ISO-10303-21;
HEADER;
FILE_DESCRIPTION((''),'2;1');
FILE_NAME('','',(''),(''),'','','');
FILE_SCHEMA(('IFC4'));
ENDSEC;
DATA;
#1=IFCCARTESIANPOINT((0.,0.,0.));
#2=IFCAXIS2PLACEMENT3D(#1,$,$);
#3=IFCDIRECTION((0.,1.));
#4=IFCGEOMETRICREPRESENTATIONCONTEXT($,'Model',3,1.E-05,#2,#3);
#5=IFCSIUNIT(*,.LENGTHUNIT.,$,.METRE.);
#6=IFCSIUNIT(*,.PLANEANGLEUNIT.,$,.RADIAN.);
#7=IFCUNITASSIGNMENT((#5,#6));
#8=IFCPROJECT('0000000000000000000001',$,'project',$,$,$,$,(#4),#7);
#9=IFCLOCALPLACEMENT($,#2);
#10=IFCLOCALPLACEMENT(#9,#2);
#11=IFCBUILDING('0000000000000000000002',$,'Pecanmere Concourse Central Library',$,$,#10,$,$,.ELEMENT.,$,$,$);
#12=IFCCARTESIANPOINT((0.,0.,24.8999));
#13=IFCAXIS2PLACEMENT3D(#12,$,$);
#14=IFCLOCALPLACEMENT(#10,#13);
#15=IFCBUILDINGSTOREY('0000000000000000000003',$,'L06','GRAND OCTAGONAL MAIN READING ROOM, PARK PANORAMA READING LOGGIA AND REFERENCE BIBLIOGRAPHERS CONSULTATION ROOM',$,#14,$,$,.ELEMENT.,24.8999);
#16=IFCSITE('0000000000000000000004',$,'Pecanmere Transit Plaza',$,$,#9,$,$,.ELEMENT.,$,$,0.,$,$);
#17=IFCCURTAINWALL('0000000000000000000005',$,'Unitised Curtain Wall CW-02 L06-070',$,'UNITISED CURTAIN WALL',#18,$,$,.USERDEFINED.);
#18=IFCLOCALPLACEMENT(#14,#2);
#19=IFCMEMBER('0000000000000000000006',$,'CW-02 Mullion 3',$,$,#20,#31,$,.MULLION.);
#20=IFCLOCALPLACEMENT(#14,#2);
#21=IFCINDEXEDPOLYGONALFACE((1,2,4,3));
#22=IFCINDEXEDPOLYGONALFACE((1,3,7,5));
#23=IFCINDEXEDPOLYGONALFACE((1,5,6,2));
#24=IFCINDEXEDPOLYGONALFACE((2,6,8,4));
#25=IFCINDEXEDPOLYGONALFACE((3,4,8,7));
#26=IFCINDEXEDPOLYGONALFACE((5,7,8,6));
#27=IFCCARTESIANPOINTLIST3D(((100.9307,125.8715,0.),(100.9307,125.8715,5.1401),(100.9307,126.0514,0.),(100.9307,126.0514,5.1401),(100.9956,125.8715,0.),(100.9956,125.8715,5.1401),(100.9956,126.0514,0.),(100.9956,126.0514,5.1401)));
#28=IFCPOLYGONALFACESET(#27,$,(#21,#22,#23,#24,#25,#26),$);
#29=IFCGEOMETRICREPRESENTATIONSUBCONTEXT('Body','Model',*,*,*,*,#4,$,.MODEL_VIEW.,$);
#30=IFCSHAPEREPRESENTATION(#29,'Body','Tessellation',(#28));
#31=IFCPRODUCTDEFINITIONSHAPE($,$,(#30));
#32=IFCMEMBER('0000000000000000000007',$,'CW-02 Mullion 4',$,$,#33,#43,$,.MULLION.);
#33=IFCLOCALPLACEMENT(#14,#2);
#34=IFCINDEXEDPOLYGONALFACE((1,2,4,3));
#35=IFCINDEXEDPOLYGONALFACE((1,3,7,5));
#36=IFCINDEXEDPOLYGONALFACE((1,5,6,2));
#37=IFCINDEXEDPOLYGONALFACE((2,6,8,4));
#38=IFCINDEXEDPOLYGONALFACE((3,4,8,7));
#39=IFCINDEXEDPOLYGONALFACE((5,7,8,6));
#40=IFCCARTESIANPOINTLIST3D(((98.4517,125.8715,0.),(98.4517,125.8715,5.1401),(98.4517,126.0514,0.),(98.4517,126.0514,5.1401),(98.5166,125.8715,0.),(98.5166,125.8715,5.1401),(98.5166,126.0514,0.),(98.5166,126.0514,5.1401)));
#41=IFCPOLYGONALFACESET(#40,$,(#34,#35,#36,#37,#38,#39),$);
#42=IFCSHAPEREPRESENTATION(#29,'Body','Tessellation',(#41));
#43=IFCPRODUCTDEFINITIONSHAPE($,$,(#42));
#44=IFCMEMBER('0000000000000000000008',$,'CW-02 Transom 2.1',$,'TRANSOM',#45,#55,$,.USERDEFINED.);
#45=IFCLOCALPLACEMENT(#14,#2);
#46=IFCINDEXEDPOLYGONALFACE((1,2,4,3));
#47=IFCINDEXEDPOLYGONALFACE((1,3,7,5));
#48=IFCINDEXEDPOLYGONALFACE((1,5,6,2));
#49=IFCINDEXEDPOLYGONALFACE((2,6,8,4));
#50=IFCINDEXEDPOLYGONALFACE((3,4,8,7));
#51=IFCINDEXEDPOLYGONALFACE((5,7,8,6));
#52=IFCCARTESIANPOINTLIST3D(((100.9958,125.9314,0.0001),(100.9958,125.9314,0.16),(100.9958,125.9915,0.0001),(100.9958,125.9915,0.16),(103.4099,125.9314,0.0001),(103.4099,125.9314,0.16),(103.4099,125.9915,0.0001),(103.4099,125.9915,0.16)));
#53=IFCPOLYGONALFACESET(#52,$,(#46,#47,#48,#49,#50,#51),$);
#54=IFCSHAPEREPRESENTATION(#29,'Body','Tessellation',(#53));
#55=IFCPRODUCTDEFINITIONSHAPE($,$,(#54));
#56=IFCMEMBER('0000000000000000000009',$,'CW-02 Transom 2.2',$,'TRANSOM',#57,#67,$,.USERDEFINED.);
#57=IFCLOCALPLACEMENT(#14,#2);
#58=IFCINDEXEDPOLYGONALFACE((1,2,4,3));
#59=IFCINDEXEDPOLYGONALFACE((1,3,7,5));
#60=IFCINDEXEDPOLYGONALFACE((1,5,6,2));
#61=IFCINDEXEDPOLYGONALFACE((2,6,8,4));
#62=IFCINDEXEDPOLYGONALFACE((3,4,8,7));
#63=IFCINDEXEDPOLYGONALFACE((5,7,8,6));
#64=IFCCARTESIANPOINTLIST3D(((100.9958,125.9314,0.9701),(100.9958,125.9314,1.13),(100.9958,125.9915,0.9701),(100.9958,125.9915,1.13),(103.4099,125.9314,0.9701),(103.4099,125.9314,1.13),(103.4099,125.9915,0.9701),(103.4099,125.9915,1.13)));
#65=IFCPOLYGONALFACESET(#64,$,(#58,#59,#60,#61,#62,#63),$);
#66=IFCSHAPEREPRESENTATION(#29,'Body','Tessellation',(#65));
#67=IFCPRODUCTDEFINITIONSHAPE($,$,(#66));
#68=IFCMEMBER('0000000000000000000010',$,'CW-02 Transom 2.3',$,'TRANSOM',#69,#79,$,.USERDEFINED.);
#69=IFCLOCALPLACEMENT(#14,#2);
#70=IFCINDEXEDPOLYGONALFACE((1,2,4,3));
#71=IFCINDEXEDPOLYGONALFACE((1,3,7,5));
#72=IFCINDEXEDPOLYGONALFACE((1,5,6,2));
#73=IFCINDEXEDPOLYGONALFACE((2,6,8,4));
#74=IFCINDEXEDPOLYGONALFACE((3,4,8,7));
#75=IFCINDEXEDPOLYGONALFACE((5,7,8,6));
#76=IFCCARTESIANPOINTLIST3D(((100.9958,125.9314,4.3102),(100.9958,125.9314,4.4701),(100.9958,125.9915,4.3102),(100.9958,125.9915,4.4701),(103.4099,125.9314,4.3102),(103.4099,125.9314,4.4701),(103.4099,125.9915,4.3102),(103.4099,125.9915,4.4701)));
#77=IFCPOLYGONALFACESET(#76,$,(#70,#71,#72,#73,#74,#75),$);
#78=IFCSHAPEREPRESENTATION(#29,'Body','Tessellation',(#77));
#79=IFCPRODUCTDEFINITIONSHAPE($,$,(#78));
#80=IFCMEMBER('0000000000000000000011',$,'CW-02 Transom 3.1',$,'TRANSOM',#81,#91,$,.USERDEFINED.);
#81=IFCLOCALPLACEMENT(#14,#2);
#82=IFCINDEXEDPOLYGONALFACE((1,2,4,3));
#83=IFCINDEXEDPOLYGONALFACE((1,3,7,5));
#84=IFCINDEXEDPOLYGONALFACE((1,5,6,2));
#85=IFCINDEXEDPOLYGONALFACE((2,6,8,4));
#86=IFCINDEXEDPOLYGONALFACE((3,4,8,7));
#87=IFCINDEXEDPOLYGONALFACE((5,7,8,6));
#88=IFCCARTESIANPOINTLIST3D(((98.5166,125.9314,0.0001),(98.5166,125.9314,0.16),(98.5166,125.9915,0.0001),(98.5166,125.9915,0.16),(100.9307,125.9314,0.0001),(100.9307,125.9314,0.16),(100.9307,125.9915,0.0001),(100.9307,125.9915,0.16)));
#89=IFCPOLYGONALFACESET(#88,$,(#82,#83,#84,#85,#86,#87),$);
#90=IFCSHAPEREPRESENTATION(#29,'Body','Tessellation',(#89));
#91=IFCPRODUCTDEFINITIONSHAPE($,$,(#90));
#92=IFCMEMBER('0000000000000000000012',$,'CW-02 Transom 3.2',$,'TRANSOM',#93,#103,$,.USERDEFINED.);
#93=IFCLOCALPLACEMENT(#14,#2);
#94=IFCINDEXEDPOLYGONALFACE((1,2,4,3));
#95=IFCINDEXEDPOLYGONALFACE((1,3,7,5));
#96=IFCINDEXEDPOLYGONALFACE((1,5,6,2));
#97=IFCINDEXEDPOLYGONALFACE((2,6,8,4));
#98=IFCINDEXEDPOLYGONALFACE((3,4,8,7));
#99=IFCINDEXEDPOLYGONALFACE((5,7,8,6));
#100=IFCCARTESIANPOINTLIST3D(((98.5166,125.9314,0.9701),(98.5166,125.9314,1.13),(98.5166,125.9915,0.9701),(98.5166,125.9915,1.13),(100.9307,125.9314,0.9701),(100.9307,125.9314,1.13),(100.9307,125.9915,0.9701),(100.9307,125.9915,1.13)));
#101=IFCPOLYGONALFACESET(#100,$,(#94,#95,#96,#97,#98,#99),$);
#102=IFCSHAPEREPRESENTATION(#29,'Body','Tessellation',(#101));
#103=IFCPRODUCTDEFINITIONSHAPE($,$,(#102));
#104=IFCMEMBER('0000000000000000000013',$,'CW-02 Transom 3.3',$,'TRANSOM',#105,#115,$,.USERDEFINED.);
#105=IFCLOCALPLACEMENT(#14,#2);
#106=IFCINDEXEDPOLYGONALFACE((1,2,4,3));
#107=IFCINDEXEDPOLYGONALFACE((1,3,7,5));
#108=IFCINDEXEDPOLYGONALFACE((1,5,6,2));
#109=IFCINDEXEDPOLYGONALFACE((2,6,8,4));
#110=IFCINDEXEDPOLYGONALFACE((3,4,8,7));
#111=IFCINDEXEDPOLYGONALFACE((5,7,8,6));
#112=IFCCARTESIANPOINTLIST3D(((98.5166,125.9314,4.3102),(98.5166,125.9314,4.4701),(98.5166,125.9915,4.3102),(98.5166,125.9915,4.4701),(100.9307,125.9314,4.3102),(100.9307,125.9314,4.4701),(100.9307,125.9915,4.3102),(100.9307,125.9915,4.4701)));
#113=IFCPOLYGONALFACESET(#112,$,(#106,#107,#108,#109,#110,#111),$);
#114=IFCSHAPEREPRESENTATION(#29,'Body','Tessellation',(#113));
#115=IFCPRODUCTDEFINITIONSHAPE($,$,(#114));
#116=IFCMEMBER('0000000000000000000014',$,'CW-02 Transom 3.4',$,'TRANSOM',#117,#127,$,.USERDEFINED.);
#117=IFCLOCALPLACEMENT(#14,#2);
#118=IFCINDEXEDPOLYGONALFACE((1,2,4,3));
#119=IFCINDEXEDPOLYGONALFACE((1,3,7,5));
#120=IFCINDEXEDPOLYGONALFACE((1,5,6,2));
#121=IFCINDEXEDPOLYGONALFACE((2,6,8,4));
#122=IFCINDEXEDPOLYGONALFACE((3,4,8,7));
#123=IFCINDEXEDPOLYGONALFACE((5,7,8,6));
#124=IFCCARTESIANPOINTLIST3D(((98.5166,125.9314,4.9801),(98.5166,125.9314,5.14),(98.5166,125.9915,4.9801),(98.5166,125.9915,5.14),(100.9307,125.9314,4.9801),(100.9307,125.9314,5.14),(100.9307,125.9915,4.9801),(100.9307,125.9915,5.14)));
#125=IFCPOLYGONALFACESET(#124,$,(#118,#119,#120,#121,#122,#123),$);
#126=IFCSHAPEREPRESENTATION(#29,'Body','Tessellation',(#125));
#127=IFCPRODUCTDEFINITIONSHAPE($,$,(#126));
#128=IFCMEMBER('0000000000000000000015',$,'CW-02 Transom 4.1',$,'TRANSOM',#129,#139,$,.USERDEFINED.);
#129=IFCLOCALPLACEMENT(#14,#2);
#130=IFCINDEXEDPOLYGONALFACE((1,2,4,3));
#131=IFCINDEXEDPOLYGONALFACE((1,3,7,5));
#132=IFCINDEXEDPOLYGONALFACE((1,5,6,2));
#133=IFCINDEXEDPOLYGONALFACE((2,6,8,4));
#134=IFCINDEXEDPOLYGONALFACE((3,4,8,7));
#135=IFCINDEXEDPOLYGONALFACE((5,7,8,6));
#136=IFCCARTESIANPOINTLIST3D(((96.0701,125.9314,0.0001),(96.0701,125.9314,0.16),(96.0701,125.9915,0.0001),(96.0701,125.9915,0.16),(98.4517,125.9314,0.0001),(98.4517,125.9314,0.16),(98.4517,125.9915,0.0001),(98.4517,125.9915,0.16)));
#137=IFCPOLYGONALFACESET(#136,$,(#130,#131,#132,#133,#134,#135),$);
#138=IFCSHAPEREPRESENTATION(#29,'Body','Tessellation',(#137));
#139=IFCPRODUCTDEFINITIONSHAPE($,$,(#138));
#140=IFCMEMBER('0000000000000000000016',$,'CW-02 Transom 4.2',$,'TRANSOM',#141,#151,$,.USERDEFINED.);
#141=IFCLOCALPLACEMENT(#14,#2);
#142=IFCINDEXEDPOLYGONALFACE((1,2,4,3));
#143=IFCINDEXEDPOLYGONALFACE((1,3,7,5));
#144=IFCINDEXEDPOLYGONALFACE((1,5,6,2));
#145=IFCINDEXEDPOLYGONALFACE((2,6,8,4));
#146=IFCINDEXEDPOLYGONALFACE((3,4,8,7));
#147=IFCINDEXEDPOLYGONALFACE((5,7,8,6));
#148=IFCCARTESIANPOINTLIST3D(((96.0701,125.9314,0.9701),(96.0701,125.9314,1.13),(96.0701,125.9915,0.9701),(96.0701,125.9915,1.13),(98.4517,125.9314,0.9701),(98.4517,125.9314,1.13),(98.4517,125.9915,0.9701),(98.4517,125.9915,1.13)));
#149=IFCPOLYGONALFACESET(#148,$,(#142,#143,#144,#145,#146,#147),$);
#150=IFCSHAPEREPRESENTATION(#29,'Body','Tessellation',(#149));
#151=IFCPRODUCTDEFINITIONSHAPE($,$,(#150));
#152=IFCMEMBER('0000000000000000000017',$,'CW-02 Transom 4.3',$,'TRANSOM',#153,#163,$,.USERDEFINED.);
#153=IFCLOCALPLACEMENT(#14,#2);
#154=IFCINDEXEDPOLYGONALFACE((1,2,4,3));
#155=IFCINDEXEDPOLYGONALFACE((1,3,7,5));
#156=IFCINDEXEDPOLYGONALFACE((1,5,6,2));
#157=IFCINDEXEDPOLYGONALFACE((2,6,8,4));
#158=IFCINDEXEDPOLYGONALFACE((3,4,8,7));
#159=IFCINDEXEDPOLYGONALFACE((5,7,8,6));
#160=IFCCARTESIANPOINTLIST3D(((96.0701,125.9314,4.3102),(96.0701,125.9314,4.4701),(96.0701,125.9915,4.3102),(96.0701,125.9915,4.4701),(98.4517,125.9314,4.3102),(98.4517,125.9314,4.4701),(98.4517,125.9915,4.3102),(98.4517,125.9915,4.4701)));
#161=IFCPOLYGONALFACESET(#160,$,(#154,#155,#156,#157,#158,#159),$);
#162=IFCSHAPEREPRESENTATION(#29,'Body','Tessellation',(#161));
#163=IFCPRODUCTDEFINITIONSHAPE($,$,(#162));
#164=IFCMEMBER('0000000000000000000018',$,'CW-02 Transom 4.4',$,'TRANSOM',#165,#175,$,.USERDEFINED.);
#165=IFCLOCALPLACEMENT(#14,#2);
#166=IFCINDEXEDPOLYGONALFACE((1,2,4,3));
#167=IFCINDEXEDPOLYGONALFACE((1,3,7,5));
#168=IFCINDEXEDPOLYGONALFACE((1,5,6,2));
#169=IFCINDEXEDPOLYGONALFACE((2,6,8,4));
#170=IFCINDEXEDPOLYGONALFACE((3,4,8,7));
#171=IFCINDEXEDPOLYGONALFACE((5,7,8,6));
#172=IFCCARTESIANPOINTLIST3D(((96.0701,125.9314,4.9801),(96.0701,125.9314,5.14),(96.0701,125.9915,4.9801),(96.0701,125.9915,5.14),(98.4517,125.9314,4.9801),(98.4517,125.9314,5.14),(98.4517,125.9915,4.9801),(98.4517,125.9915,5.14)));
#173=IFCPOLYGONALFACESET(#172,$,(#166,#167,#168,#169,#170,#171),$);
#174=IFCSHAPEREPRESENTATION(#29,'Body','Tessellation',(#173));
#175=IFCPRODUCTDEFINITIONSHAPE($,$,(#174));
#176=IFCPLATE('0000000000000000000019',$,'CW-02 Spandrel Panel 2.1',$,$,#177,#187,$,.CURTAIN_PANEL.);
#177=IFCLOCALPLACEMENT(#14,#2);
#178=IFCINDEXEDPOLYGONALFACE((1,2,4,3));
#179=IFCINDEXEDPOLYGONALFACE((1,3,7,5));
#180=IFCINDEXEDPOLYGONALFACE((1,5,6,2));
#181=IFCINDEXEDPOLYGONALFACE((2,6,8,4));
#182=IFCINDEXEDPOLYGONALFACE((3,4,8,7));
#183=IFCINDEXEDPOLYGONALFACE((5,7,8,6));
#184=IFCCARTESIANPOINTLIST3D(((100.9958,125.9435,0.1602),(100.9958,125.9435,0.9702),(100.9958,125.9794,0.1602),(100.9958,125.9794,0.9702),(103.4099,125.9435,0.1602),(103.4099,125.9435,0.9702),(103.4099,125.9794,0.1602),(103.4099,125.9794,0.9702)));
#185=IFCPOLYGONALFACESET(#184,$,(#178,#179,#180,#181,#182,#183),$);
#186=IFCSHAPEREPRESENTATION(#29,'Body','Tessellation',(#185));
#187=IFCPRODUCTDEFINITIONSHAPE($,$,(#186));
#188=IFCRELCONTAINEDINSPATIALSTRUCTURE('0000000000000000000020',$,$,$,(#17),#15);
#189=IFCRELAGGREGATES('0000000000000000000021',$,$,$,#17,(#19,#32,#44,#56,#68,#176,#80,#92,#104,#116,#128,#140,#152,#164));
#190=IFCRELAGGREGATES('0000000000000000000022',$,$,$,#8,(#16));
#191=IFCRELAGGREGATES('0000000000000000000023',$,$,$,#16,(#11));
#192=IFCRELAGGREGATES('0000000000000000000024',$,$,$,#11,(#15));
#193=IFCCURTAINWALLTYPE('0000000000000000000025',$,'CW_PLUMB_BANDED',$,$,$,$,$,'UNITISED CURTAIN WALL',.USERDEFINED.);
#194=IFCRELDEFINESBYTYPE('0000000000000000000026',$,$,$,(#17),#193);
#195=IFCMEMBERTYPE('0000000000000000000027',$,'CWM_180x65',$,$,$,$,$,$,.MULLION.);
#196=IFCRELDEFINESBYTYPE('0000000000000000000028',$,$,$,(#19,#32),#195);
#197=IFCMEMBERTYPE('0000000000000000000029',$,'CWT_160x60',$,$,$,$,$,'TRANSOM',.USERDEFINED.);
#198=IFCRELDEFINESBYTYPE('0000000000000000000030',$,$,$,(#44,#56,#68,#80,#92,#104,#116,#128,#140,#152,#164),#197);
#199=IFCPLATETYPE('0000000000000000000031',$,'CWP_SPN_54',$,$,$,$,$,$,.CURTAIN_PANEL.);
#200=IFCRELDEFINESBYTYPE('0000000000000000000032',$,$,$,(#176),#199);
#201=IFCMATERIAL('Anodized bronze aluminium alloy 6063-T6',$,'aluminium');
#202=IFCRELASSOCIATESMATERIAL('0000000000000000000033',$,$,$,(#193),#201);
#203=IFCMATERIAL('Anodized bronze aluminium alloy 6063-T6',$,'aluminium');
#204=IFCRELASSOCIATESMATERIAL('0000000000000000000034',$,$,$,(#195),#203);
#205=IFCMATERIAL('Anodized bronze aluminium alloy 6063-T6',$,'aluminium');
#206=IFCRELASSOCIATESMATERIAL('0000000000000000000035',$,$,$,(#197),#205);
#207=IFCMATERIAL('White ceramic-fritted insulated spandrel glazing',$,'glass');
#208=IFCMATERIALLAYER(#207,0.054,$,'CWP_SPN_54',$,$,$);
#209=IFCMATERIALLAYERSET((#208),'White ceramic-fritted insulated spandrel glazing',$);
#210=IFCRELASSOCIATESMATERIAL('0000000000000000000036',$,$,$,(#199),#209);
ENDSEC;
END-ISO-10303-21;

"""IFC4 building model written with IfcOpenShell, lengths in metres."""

from ifc_helpers import new_model, si_unit, direction, frame, origin, origin_2d, place, context, subcontext, project, spatial, rectangle, extrude, material, layer, layer_set, material_profile, profile_set, type_object, element, aggregate, save


model = new_model("IFC4")

# Units and contexts
model_context = context("Model", 3, precision=1e-05, world=origin(), true_north=direction((0.0, 1.0)))
body_context = subcontext(model_context, "Body", "Model", "MODEL_VIEW")
ifc_project = project(units=[si_unit("LENGTHUNIT", "METRE"), si_unit("PLANEANGLEUNIT", "RADIAN")], contexts=[model_context])

# Site, building, storey
site_placement = place(None, origin())
site = spatial("IfcSite", under=ifc_project, at=site_placement, Name="Pecanmere Transit Plaza", CompositionType="ELEMENT", RefElevation=0.0)
building_placement = place(site_placement, origin())
building = spatial("IfcBuilding", under=site, at=building_placement, Name="Pecanmere Concourse Central Library", CompositionType="ELEMENT")
storey_placement = place(building_placement, frame((0.0, 0.0, 24.8999)))
storey = spatial("IfcBuildingStorey", under=building, at=storey_placement, Name="L06", Description="GRAND OCTAGONAL MAIN READING ROOM, PARK PANORAMA READING LOGGIA AND REFERENCE BIBLIOGRAPHERS CONSULTATION ROOM", CompositionType="ELEMENT", Elevation=24.8999)

# Curtain wall, members, plate
ifc_material_1 = material(Name="Anodized bronze aluminium alloy 6063-T6", Category="aluminium")
curtain_wall_type = type_object("IfcCurtainWallType", Name="CW_PLUMB_BANDED", ElementType="UNITISED CURTAIN WALL", PredefinedType="USERDEFINED", material=ifc_material_1)
curtain_wall_placement = place(storey_placement, origin())
curtain_wall = element("IfcCurtainWall", 1, at=curtain_wall_placement, inside=storey, type_object=curtain_wall_type, Name="Unitised Curtain Wall CW-02 L06-070", ObjectType="UNITISED CURTAIN WALL", PredefinedType="USERDEFINED")
ifc_material_2 = material(Name="Anodized bronze aluminium alloy 6063-T6", Category="aluminium")
ifc_material_profile_1 = material_profile(ifc_material_2, rectangle(XDim=0.0649, YDim=0.1799, at=origin_2d()), Name="AL 65x180")
ifc_profile_set_1 = profile_set([ifc_material_profile_1], Name="Anodized bronze aluminium alloy 6063-T6")
member_type_1 = type_object("IfcMemberType", Name="CWM_180x65", PredefinedType="MULLION", material=ifc_profile_set_1)
member_1_placement = place(storey_placement, frame((100.9631, 125.9614, 0.0), z_axis=(0.0, 0.0, 1.0), x_axis=(-1.0, 0.0, 0.0)))
member_1 = element("IfcMember", 2, at=member_1_placement, type_object=member_type_1, Name="CW-02 Mullion 3", PredefinedType="MULLION", context=body_context, shape_type="SweptSolid", body=[
    extrude(rectangle(XDim=0.0649, YDim=0.1799, at=origin_2d()), origin(), (0.0, 0.0, 1.0), 5.1401),
])
member_2_placement = place(storey_placement, frame((98.4841, 125.9614, 0.0), z_axis=(0.0, 0.0, 1.0), x_axis=(-1.0, 0.0, 0.0)))
member_2 = element("IfcMember", 3, at=member_2_placement, type_object=member_type_1, Name="CW-02 Mullion 4", PredefinedType="MULLION", context=body_context, shape_type="SweptSolid", body=[
    extrude(rectangle(XDim=0.0649, YDim=0.1799, at=origin_2d()), origin(), (0.0, 0.0, 1.0), 5.1401),
])
ifc_material_3 = material(Name="Anodized bronze aluminium alloy 6063-T6", Category="aluminium")
ifc_material_profile_2 = material_profile(ifc_material_3, rectangle(XDim=0.0601, YDim=0.1599, at=origin_2d()), Name="AL 60x160")
ifc_profile_set_2 = profile_set([ifc_material_profile_2], Name="Anodized bronze aluminium alloy 6063-T6")
member_type_2 = type_object("IfcMemberType", Name="CWT_160x60", ElementType="TRANSOM", PredefinedType="USERDEFINED", material=ifc_profile_set_2)
member_3_placement = place(storey_placement, frame((103.4099, 125.9614, 0.0801), z_axis=(-1.0, 0.0, 0.0), x_axis=(0.0, -1.0, 0.0)))
member_3 = element("IfcMember", 4, at=member_3_placement, type_object=member_type_2, Name="CW-02 Transom 2.1", ObjectType="TRANSOM", PredefinedType="USERDEFINED", context=body_context, shape_type="SweptSolid", body=[
    extrude(rectangle(XDim=0.0601, YDim=0.1599, at=origin_2d()), origin(), (0.0, 0.0, 1.0), 2.4141),
])
member_4_placement = place(storey_placement, frame((103.4099, 125.9614, 1.05), z_axis=(-1.0, 0.0, 0.0), x_axis=(0.0, -1.0, 0.0)))
member_4 = element("IfcMember", 5, at=member_4_placement, type_object=member_type_2, Name="CW-02 Transom 2.2", ObjectType="TRANSOM", PredefinedType="USERDEFINED", context=body_context, shape_type="SweptSolid", body=[
    extrude(rectangle(XDim=0.0601, YDim=0.1599, at=origin_2d()), origin(), (0.0, 0.0, 1.0), 2.4141),
])
member_5_placement = place(storey_placement, frame((103.4099, 125.9614, 4.3901), z_axis=(-1.0, 0.0, 0.0), x_axis=(0.0, -1.0, 0.0)))
member_5 = element("IfcMember", 6, at=member_5_placement, type_object=member_type_2, Name="CW-02 Transom 2.3", ObjectType="TRANSOM", PredefinedType="USERDEFINED", context=body_context, shape_type="SweptSolid", body=[
    extrude(rectangle(XDim=0.0601, YDim=0.1599, at=origin_2d()), origin(), (0.0, 0.0, 1.0), 2.4141),
])
member_6_placement = place(storey_placement, frame((100.9307, 125.9614, 0.0801), z_axis=(-1.0, 0.0, 0.0), x_axis=(0.0, -1.0, 0.0)))
member_6 = element("IfcMember", 7, at=member_6_placement, type_object=member_type_2, Name="CW-02 Transom 3.1", ObjectType="TRANSOM", PredefinedType="USERDEFINED", context=body_context, shape_type="SweptSolid", body=[
    extrude(rectangle(XDim=0.0601, YDim=0.1599, at=origin_2d()), origin(), (0.0, 0.0, 1.0), 2.4141),
])
member_7_placement = place(storey_placement, frame((100.9307, 125.9614, 1.05), z_axis=(-1.0, 0.0, 0.0), x_axis=(0.0, -1.0, 0.0)))
member_7 = element("IfcMember", 8, at=member_7_placement, type_object=member_type_2, Name="CW-02 Transom 3.2", ObjectType="TRANSOM", PredefinedType="USERDEFINED", context=body_context, shape_type="SweptSolid", body=[
    extrude(rectangle(XDim=0.0601, YDim=0.1599, at=origin_2d()), origin(), (0.0, 0.0, 1.0), 2.4141),
])
member_8_placement = place(storey_placement, frame((100.9307, 125.9614, 4.3901), z_axis=(-1.0, 0.0, 0.0), x_axis=(0.0, -1.0, 0.0)))
member_8 = element("IfcMember", 9, at=member_8_placement, type_object=member_type_2, Name="CW-02 Transom 3.3", ObjectType="TRANSOM", PredefinedType="USERDEFINED", context=body_context, shape_type="SweptSolid", body=[
    extrude(rectangle(XDim=0.0601, YDim=0.1599, at=origin_2d()), origin(), (0.0, 0.0, 1.0), 2.4141),
])
member_9_placement = place(storey_placement, frame((100.9307, 125.9614, 5.0601), z_axis=(-1.0, 0.0, 0.0), x_axis=(0.0, -1.0, 0.0)))
member_9 = element("IfcMember", 10, at=member_9_placement, type_object=member_type_2, Name="CW-02 Transom 3.4", ObjectType="TRANSOM", PredefinedType="USERDEFINED", context=body_context, shape_type="SweptSolid", body=[
    extrude(rectangle(XDim=0.0601, YDim=0.1599, at=origin_2d()), origin(), (0.0, 0.0, 1.0), 2.4141),
])
member_10_placement = place(storey_placement, frame((98.4517, 125.9614, 0.0801), z_axis=(-1.0, 0.0, 0.0), x_axis=(0.0, -1.0, 0.0)))
member_10 = element("IfcMember", 11, at=member_10_placement, type_object=member_type_2, Name="CW-02 Transom 4.1", ObjectType="TRANSOM", PredefinedType="USERDEFINED", context=body_context, shape_type="SweptSolid", body=[
    extrude(rectangle(XDim=0.0601, YDim=0.1599, at=origin_2d()), origin(), (0.0, 0.0, 1.0), 2.3816),
])
member_11_placement = place(storey_placement, frame((98.4517, 125.9614, 1.05), z_axis=(-1.0, 0.0, 0.0), x_axis=(0.0, -1.0, 0.0)))
member_11 = element("IfcMember", 12, at=member_11_placement, type_object=member_type_2, Name="CW-02 Transom 4.2", ObjectType="TRANSOM", PredefinedType="USERDEFINED", context=body_context, shape_type="SweptSolid", body=[
    extrude(rectangle(XDim=0.0601, YDim=0.1599, at=origin_2d()), origin(), (0.0, 0.0, 1.0), 2.3816),
])
member_12_placement = place(storey_placement, frame((98.4517, 125.9614, 4.3901), z_axis=(-1.0, 0.0, 0.0), x_axis=(0.0, -1.0, 0.0)))
member_12 = element("IfcMember", 13, at=member_12_placement, type_object=member_type_2, Name="CW-02 Transom 4.3", ObjectType="TRANSOM", PredefinedType="USERDEFINED", context=body_context, shape_type="SweptSolid", body=[
    extrude(rectangle(XDim=0.0601, YDim=0.1599, at=origin_2d()), origin(), (0.0, 0.0, 1.0), 2.3816),
])
member_13_placement = place(storey_placement, frame((98.4517, 125.9614, 5.0601), z_axis=(-1.0, 0.0, 0.0), x_axis=(0.0, -1.0, 0.0)))
member_13 = element("IfcMember", 14, at=member_13_placement, type_object=member_type_2, Name="CW-02 Transom 4.4", ObjectType="TRANSOM", PredefinedType="USERDEFINED", context=body_context, shape_type="SweptSolid", body=[
    extrude(rectangle(XDim=0.0601, YDim=0.1599, at=origin_2d()), origin(), (0.0, 0.0, 1.0), 2.3816),
])
ifc_material_4 = material(Name="White ceramic-fritted insulated spandrel glazing", Category="glass")
ifc_layer_1 = layer(ifc_material_4, 0.054, Name="CWP_SPN_54")
ifc_layer_set_1 = layer_set([ifc_layer_1], Name="White ceramic-fritted insulated spandrel glazing")
plate_type_1 = type_object("IfcPlateType", Name="CWP_SPN_54", PredefinedType="CURTAIN_PANEL", material=ifc_layer_set_1)
plate_1_placement = place(storey_placement, frame((102.2029, 125.9614, 0.1602), z_axis=(0.0, 0.0, 1.0), x_axis=(-1.0, 0.0, 0.0)))
plate_1 = element("IfcPlate", 15, at=plate_1_placement, type_object=plate_type_1, Name="CW-02 Spandrel Panel 2.1", PredefinedType="CURTAIN_PANEL", context=body_context, shape_type="SweptSolid", body=[
    extrude(rectangle(XDim=2.4141, YDim=0.0359, at=origin_2d()), origin(), (0.0, 0.0, 1.0), 0.8101),
])
aggregate(curtain_wall, [member_1, member_2, member_3, member_4, member_5, plate_1, member_6, member_7, member_8, member_9, member_10, member_11, member_12, member_13])

save(model, "model.ifc")
